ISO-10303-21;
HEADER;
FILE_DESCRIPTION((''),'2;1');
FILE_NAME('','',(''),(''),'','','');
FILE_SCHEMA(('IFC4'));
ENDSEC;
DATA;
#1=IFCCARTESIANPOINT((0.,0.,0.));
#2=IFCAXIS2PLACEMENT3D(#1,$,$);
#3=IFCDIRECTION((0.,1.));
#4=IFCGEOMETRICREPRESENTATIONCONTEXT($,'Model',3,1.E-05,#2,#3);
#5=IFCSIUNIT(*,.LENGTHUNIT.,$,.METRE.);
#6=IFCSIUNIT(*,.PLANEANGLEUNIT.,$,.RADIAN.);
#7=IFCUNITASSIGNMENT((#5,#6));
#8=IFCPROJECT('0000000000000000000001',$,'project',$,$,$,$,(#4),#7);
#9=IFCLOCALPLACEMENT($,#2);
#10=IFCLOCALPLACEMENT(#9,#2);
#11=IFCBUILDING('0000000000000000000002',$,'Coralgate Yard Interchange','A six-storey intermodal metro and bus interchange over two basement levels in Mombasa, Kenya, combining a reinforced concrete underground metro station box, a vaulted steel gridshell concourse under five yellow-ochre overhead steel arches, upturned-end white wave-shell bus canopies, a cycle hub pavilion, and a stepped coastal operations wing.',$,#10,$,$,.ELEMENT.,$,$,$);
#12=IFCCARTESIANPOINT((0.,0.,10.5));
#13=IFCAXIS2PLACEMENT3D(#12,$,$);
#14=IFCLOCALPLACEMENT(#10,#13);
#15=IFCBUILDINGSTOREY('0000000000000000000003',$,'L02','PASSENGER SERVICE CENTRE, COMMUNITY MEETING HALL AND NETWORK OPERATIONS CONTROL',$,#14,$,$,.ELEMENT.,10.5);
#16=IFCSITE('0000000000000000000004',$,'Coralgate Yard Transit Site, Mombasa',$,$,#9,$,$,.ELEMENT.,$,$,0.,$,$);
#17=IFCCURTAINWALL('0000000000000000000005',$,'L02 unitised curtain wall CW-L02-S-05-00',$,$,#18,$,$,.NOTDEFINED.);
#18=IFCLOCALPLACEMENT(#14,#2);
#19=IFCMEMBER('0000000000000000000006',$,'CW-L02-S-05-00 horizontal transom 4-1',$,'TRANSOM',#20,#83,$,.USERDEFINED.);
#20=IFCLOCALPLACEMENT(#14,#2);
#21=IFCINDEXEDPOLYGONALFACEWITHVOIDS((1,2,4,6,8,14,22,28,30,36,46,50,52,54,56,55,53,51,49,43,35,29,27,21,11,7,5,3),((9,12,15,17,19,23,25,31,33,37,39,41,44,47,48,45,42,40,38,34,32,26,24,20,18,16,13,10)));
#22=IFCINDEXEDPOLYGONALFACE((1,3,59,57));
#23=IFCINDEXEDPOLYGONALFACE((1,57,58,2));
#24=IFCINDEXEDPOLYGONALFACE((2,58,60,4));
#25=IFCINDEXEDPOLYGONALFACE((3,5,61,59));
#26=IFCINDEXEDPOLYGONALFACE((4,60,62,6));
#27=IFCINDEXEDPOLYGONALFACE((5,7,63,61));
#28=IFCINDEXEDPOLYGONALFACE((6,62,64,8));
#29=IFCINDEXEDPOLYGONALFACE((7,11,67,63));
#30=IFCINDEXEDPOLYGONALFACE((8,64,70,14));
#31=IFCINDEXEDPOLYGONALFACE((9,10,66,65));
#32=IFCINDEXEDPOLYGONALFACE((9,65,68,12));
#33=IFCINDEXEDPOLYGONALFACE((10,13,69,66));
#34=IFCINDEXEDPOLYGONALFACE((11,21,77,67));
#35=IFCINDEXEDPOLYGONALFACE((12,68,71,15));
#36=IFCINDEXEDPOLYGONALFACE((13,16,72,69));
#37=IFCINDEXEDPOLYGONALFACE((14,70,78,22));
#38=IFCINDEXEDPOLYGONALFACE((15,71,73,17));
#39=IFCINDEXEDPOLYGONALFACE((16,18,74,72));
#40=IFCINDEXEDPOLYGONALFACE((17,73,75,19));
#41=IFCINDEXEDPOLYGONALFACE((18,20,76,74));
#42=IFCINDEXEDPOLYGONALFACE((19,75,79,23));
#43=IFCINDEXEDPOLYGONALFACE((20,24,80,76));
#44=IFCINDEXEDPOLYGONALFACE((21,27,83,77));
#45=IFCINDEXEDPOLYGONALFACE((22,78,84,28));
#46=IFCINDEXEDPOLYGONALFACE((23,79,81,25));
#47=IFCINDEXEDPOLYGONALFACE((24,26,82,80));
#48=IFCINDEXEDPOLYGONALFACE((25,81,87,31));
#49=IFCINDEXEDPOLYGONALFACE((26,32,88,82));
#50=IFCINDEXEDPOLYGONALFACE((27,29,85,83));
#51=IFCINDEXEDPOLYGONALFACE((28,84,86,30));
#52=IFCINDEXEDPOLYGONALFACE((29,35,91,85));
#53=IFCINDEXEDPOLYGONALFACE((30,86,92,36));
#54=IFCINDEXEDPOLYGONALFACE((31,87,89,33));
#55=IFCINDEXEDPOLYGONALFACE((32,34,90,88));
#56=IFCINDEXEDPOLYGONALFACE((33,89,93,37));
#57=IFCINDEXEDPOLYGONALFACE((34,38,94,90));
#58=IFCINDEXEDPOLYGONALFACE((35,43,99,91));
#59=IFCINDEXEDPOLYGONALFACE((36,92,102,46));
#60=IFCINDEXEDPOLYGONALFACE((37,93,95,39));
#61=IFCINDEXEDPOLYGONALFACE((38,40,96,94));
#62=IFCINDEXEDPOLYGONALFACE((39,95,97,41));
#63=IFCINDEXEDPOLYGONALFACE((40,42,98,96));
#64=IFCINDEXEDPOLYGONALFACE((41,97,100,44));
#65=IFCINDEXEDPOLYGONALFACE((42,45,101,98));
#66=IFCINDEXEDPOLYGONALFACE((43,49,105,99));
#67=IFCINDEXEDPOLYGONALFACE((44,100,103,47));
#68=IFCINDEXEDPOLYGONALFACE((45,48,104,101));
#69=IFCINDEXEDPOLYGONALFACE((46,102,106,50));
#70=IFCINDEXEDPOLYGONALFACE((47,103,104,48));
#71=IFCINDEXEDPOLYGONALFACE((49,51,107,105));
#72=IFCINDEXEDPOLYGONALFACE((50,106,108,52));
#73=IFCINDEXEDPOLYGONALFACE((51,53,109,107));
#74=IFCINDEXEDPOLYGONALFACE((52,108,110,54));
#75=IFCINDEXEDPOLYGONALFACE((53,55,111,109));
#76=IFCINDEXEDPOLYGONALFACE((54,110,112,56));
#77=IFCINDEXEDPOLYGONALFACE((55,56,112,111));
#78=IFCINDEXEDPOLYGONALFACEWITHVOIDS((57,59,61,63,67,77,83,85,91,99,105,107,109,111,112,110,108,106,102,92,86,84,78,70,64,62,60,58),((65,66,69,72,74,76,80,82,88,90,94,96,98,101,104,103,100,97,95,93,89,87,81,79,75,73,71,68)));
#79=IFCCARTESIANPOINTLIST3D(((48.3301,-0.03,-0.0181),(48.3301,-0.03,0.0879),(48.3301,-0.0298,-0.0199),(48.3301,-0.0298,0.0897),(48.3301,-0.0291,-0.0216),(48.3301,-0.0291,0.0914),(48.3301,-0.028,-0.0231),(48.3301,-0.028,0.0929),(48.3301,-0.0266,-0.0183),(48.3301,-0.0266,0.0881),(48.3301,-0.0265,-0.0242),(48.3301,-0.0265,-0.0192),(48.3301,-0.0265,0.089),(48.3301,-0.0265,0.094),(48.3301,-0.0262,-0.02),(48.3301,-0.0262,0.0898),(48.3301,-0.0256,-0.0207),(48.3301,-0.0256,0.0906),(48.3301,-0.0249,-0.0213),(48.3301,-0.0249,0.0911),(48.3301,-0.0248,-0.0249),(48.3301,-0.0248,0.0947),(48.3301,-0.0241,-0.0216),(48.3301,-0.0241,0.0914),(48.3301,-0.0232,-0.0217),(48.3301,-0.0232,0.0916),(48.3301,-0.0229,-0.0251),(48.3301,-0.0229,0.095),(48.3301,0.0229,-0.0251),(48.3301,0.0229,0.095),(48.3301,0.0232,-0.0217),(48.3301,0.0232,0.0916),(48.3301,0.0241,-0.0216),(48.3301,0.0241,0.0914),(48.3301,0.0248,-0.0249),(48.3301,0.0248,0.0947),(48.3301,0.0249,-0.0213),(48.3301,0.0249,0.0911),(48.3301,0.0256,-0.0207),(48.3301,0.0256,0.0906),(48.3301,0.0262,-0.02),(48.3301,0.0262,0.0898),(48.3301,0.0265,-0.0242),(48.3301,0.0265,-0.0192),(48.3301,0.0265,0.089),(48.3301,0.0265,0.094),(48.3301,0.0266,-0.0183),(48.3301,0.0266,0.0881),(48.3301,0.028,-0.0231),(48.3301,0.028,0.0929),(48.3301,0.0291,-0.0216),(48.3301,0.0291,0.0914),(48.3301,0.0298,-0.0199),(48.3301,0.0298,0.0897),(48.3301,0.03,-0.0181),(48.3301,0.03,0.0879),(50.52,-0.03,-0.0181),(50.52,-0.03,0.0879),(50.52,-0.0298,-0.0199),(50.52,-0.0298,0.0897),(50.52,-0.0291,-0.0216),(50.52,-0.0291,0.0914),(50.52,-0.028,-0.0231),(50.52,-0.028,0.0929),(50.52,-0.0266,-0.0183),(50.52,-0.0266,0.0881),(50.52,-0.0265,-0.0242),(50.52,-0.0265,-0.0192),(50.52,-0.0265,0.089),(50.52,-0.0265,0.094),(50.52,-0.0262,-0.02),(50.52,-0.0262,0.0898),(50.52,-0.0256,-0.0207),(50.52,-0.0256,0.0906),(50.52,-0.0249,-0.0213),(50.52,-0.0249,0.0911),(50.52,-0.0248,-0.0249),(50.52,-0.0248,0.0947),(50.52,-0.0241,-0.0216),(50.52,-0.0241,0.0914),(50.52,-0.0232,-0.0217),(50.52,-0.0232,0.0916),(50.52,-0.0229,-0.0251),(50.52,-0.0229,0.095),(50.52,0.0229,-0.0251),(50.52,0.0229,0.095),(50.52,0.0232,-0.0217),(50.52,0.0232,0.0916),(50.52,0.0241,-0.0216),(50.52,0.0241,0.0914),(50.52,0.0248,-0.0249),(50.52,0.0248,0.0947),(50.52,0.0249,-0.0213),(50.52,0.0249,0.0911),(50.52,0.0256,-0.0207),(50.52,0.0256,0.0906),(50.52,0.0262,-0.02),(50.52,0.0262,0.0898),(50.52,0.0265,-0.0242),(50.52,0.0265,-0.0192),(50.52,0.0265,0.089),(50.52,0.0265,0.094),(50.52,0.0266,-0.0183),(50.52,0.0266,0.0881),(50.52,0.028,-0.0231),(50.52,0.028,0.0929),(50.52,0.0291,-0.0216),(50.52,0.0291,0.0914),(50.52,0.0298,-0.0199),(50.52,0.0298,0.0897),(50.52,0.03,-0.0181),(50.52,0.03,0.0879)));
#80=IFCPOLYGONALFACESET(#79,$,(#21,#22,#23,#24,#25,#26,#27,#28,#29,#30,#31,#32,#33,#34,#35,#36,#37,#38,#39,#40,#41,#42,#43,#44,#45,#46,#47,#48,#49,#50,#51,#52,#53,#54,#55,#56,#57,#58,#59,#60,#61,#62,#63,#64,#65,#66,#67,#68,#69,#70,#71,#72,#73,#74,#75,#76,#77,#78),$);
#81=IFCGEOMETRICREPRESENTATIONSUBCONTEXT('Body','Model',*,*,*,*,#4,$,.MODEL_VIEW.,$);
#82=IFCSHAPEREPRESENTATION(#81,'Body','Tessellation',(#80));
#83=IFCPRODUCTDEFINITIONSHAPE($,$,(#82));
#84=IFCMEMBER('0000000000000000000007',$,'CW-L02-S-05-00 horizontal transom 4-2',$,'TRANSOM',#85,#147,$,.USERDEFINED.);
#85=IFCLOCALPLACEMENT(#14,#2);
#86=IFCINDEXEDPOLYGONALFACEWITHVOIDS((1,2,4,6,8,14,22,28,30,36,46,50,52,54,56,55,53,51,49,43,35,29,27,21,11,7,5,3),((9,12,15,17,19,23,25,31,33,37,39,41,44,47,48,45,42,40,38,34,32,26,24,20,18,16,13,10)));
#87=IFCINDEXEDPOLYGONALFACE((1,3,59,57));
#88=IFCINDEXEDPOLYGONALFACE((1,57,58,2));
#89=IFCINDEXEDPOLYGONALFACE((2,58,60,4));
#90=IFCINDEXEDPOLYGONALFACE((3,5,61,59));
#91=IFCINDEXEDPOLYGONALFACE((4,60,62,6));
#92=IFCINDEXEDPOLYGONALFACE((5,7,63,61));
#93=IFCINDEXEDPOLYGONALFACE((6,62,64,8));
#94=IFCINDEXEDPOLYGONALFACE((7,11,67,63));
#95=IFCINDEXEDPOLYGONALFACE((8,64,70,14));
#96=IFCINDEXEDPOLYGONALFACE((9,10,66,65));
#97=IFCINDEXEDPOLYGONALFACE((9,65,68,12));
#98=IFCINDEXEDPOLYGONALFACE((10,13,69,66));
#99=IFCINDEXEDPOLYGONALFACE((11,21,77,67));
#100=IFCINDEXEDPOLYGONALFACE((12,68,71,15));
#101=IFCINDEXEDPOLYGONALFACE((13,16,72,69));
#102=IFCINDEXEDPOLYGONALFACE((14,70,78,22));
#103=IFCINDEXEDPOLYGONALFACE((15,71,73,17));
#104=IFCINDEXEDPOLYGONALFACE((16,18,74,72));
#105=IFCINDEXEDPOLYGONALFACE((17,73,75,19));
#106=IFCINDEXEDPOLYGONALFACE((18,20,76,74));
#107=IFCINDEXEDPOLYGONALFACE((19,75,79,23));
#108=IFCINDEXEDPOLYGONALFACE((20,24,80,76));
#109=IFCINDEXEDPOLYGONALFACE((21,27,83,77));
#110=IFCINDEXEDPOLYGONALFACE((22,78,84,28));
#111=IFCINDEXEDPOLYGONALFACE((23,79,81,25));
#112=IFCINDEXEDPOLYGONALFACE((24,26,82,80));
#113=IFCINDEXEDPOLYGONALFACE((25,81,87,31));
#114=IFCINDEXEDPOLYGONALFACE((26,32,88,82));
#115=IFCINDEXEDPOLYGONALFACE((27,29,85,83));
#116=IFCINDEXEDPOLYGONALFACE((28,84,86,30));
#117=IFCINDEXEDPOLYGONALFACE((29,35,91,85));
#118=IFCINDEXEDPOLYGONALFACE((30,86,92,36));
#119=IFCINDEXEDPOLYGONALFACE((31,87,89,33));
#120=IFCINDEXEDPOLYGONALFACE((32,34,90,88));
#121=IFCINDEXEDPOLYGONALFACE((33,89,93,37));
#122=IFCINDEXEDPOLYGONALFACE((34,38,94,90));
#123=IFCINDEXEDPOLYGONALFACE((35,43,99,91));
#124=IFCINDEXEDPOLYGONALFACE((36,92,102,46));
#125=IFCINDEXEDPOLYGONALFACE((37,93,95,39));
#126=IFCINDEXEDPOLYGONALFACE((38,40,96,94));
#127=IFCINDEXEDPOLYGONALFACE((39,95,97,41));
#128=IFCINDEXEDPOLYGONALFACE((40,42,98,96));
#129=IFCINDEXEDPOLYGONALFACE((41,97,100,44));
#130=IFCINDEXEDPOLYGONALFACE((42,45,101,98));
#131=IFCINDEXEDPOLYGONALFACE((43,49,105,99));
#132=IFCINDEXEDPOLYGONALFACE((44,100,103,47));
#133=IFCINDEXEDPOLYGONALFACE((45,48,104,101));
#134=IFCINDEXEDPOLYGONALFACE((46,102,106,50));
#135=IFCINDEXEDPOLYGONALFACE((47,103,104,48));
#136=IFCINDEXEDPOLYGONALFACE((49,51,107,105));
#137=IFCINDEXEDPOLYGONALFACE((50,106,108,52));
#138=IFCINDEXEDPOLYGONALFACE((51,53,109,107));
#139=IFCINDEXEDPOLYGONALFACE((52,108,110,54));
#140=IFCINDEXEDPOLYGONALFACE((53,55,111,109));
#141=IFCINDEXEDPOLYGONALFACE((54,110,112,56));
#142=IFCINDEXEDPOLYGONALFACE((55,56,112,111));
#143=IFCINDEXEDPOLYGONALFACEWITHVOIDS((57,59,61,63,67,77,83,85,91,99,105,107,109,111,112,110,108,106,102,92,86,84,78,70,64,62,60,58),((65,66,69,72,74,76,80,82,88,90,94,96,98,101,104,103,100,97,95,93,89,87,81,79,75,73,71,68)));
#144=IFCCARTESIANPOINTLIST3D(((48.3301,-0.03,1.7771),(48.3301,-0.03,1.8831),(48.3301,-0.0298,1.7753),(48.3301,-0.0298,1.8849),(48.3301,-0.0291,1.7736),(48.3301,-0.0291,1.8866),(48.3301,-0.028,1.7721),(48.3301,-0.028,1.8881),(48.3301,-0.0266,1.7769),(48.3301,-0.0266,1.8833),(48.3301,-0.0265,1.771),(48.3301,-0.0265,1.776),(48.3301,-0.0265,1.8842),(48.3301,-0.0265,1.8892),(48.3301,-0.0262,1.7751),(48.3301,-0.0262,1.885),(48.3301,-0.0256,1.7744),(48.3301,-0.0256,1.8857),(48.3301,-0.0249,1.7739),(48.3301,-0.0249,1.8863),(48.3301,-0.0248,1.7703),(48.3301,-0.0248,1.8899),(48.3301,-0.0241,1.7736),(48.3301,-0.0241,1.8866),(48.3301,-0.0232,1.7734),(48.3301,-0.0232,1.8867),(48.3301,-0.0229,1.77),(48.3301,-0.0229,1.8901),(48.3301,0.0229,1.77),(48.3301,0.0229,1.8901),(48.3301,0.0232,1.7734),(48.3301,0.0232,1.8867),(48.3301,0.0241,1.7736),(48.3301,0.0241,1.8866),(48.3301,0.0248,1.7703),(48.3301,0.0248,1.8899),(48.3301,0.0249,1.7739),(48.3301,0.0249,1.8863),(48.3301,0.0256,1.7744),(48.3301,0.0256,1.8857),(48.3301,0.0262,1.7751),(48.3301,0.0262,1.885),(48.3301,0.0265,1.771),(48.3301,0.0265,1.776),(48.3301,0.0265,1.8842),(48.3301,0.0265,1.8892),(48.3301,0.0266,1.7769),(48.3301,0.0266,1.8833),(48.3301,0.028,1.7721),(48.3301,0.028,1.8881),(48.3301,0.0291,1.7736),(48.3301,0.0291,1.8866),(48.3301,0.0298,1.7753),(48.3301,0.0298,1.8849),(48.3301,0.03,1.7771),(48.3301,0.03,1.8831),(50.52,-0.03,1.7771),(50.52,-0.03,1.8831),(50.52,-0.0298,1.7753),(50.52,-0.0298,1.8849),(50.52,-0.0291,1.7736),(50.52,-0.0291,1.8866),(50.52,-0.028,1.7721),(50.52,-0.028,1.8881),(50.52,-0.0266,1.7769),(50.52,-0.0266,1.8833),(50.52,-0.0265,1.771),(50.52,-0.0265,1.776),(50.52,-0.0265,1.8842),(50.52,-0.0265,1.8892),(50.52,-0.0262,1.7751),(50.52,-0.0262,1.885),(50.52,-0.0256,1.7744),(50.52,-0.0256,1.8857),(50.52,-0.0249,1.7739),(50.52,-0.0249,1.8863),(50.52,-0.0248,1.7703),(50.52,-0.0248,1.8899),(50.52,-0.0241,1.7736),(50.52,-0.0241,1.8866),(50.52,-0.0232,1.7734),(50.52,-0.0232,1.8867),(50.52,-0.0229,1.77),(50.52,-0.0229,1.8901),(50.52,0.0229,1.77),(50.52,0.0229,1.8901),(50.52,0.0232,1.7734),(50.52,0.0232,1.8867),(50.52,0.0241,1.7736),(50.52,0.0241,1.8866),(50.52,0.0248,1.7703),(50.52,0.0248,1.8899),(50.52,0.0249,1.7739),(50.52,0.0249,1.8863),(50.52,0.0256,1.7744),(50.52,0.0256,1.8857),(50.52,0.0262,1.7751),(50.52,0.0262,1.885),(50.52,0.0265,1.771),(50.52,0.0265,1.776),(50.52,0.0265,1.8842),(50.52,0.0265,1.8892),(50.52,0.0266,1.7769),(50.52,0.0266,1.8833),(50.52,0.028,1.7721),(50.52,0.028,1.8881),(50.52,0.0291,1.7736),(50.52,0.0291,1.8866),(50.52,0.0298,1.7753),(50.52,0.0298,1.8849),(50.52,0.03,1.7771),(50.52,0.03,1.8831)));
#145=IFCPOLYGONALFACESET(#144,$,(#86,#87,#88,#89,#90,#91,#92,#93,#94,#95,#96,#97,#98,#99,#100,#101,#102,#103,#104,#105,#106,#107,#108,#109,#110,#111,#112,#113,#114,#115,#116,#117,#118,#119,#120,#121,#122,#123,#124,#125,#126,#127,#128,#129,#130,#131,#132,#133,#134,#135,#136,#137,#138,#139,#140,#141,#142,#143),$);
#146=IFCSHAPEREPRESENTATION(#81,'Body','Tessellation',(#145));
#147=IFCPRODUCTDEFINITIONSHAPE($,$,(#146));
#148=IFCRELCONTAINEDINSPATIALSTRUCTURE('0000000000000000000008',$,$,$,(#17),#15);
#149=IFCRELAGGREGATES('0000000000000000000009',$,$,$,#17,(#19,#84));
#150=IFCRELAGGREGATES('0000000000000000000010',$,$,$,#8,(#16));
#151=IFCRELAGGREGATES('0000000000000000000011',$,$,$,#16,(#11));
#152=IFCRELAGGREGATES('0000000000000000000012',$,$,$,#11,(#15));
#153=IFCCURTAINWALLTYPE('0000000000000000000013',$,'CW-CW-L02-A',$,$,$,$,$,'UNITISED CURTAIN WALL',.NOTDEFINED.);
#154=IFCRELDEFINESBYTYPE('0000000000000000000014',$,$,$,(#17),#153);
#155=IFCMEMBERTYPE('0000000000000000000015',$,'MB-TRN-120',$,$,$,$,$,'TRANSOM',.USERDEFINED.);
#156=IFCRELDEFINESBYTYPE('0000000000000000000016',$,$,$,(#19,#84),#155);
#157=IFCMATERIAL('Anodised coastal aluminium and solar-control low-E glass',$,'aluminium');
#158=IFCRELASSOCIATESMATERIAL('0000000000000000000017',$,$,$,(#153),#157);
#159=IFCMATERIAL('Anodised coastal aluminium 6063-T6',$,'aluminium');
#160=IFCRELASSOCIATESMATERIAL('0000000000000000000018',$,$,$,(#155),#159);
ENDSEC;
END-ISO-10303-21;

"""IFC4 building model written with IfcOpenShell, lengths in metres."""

from ifc_helpers import new_model, si_unit, direction, frame, origin, origin_2d, place, context, subcontext, project, spatial, hollow_rectangle, extrude, material, material_profile, profile_set, type_object, element, aggregate, save


model = new_model("IFC4")

# Units and contexts
model_context = context("Model", 3, precision=1e-05, world=origin(), true_north=direction((0.0, 1.0)))
body_context = subcontext(model_context, "Body", "Model", "MODEL_VIEW")
ifc_project = project(units=[si_unit("LENGTHUNIT", "METRE"), si_unit("PLANEANGLEUNIT", "RADIAN")], contexts=[model_context])

# Site, building, storey
site_placement = place(None, origin())
site = spatial("IfcSite", under=ifc_project, at=site_placement, Name="Coralgate Yard Transit Site, Mombasa", CompositionType="ELEMENT", RefElevation=0.0)
building_placement = place(site_placement, origin())
building = spatial("IfcBuilding", under=site, at=building_placement, Name="Coralgate Yard Interchange", Description="A six-storey intermodal metro and bus interchange over two basement levels in Mombasa, Kenya, combining a reinforced concrete underground metro station box, a vaulted steel gridshell concourse under five yellow-ochre overhead steel arches, upturned-end white wave-shell bus canopies, a cycle hub pavilion, and a stepped coastal operations wing.", CompositionType="ELEMENT")
storey_placement = place(building_placement, frame((0.0, 0.0, 10.5)))
storey = spatial("IfcBuildingStorey", under=building, at=storey_placement, Name="L02", Description="PASSENGER SERVICE CENTRE, COMMUNITY MEETING HALL AND NETWORK OPERATIONS CONTROL", CompositionType="ELEMENT", Elevation=10.5)

# Shared definitions
ifc_material_1 = material(Name="Anodised coastal aluminium and solar-control low-E glass", Category="aluminium")
curtain_wall_type = type_object("IfcCurtainWallType", Name="CW-CW-L02-A", ElementType="UNITISED CURTAIN WALL", PredefinedType="NOTDEFINED", material=ifc_material_1)
ifc_material_2 = material(Name="Anodised coastal aluminium 6063-T6", Category="aluminium")

# Curtain wall
curtain_wall_1_placement = place(storey_placement, origin())
curtain_wall_1 = element("IfcCurtainWall", 1, at=curtain_wall_1_placement, inside=storey, type_object=curtain_wall_type, Name="L02 unitised curtain wall CW-L02-S-05-00", PredefinedType="NOTDEFINED")

# Members
ifc_material_profile_1 = material_profile(ifc_material_2, hollow_rectangle(XDim=0.0601, YDim=0.1201, WallThickness=0.0034, InnerFilletRadius=0.0034, OuterFilletRadius=0.0071, at=origin_2d()), Name="ALU 60x120x3.5")
ifc_profile_set_1 = profile_set([ifc_material_profile_1], Name="Anodised coastal aluminium 6063-T6")
member_type_1 = type_object("IfcMemberType", Name="MB-TRN-120", ElementType="TRANSOM", PredefinedType="USERDEFINED", material=ifc_profile_set_1)
member_1_placement = place(storey_placement, frame((50.52, 0.0, 0.0349), z_axis=(-1.0, 0.0, 0.0), x_axis=(0.0, -1.0, 0.0)))
member_1 = element("IfcMember", 2, at=member_1_placement, type_object=member_type_1, Name="CW-L02-S-05-00 horizontal transom 4-1", ObjectType="TRANSOM", PredefinedType="USERDEFINED", context=body_context, shape_type="SweptSolid", body=[
    extrude(hollow_rectangle(XDim=0.0601, YDim=0.1201, WallThickness=0.0034, InnerFilletRadius=0.0034, OuterFilletRadius=0.0071, at=origin_2d()), origin(), (0.0, 0.0, 1.0), 2.1899),
])
member_2_placement = place(storey_placement, frame((50.52, 0.0, 1.8301), z_axis=(-1.0, 0.0, 0.0), x_axis=(0.0, -1.0, 0.0)))
member_2 = element("IfcMember", 3, at=member_2_placement, type_object=member_type_1, Name="CW-L02-S-05-00 horizontal transom 4-2", ObjectType="TRANSOM", PredefinedType="USERDEFINED", context=body_context, shape_type="SweptSolid", body=[
    extrude(hollow_rectangle(XDim=0.0601, YDim=0.1201, WallThickness=0.0034, InnerFilletRadius=0.0034, OuterFilletRadius=0.0071, at=origin_2d()), origin(), (0.0, 0.0, 1.0), 2.1899),
])

aggregate(curtain_wall_1, [member_1, member_2])

save(model, "model.ifc")
